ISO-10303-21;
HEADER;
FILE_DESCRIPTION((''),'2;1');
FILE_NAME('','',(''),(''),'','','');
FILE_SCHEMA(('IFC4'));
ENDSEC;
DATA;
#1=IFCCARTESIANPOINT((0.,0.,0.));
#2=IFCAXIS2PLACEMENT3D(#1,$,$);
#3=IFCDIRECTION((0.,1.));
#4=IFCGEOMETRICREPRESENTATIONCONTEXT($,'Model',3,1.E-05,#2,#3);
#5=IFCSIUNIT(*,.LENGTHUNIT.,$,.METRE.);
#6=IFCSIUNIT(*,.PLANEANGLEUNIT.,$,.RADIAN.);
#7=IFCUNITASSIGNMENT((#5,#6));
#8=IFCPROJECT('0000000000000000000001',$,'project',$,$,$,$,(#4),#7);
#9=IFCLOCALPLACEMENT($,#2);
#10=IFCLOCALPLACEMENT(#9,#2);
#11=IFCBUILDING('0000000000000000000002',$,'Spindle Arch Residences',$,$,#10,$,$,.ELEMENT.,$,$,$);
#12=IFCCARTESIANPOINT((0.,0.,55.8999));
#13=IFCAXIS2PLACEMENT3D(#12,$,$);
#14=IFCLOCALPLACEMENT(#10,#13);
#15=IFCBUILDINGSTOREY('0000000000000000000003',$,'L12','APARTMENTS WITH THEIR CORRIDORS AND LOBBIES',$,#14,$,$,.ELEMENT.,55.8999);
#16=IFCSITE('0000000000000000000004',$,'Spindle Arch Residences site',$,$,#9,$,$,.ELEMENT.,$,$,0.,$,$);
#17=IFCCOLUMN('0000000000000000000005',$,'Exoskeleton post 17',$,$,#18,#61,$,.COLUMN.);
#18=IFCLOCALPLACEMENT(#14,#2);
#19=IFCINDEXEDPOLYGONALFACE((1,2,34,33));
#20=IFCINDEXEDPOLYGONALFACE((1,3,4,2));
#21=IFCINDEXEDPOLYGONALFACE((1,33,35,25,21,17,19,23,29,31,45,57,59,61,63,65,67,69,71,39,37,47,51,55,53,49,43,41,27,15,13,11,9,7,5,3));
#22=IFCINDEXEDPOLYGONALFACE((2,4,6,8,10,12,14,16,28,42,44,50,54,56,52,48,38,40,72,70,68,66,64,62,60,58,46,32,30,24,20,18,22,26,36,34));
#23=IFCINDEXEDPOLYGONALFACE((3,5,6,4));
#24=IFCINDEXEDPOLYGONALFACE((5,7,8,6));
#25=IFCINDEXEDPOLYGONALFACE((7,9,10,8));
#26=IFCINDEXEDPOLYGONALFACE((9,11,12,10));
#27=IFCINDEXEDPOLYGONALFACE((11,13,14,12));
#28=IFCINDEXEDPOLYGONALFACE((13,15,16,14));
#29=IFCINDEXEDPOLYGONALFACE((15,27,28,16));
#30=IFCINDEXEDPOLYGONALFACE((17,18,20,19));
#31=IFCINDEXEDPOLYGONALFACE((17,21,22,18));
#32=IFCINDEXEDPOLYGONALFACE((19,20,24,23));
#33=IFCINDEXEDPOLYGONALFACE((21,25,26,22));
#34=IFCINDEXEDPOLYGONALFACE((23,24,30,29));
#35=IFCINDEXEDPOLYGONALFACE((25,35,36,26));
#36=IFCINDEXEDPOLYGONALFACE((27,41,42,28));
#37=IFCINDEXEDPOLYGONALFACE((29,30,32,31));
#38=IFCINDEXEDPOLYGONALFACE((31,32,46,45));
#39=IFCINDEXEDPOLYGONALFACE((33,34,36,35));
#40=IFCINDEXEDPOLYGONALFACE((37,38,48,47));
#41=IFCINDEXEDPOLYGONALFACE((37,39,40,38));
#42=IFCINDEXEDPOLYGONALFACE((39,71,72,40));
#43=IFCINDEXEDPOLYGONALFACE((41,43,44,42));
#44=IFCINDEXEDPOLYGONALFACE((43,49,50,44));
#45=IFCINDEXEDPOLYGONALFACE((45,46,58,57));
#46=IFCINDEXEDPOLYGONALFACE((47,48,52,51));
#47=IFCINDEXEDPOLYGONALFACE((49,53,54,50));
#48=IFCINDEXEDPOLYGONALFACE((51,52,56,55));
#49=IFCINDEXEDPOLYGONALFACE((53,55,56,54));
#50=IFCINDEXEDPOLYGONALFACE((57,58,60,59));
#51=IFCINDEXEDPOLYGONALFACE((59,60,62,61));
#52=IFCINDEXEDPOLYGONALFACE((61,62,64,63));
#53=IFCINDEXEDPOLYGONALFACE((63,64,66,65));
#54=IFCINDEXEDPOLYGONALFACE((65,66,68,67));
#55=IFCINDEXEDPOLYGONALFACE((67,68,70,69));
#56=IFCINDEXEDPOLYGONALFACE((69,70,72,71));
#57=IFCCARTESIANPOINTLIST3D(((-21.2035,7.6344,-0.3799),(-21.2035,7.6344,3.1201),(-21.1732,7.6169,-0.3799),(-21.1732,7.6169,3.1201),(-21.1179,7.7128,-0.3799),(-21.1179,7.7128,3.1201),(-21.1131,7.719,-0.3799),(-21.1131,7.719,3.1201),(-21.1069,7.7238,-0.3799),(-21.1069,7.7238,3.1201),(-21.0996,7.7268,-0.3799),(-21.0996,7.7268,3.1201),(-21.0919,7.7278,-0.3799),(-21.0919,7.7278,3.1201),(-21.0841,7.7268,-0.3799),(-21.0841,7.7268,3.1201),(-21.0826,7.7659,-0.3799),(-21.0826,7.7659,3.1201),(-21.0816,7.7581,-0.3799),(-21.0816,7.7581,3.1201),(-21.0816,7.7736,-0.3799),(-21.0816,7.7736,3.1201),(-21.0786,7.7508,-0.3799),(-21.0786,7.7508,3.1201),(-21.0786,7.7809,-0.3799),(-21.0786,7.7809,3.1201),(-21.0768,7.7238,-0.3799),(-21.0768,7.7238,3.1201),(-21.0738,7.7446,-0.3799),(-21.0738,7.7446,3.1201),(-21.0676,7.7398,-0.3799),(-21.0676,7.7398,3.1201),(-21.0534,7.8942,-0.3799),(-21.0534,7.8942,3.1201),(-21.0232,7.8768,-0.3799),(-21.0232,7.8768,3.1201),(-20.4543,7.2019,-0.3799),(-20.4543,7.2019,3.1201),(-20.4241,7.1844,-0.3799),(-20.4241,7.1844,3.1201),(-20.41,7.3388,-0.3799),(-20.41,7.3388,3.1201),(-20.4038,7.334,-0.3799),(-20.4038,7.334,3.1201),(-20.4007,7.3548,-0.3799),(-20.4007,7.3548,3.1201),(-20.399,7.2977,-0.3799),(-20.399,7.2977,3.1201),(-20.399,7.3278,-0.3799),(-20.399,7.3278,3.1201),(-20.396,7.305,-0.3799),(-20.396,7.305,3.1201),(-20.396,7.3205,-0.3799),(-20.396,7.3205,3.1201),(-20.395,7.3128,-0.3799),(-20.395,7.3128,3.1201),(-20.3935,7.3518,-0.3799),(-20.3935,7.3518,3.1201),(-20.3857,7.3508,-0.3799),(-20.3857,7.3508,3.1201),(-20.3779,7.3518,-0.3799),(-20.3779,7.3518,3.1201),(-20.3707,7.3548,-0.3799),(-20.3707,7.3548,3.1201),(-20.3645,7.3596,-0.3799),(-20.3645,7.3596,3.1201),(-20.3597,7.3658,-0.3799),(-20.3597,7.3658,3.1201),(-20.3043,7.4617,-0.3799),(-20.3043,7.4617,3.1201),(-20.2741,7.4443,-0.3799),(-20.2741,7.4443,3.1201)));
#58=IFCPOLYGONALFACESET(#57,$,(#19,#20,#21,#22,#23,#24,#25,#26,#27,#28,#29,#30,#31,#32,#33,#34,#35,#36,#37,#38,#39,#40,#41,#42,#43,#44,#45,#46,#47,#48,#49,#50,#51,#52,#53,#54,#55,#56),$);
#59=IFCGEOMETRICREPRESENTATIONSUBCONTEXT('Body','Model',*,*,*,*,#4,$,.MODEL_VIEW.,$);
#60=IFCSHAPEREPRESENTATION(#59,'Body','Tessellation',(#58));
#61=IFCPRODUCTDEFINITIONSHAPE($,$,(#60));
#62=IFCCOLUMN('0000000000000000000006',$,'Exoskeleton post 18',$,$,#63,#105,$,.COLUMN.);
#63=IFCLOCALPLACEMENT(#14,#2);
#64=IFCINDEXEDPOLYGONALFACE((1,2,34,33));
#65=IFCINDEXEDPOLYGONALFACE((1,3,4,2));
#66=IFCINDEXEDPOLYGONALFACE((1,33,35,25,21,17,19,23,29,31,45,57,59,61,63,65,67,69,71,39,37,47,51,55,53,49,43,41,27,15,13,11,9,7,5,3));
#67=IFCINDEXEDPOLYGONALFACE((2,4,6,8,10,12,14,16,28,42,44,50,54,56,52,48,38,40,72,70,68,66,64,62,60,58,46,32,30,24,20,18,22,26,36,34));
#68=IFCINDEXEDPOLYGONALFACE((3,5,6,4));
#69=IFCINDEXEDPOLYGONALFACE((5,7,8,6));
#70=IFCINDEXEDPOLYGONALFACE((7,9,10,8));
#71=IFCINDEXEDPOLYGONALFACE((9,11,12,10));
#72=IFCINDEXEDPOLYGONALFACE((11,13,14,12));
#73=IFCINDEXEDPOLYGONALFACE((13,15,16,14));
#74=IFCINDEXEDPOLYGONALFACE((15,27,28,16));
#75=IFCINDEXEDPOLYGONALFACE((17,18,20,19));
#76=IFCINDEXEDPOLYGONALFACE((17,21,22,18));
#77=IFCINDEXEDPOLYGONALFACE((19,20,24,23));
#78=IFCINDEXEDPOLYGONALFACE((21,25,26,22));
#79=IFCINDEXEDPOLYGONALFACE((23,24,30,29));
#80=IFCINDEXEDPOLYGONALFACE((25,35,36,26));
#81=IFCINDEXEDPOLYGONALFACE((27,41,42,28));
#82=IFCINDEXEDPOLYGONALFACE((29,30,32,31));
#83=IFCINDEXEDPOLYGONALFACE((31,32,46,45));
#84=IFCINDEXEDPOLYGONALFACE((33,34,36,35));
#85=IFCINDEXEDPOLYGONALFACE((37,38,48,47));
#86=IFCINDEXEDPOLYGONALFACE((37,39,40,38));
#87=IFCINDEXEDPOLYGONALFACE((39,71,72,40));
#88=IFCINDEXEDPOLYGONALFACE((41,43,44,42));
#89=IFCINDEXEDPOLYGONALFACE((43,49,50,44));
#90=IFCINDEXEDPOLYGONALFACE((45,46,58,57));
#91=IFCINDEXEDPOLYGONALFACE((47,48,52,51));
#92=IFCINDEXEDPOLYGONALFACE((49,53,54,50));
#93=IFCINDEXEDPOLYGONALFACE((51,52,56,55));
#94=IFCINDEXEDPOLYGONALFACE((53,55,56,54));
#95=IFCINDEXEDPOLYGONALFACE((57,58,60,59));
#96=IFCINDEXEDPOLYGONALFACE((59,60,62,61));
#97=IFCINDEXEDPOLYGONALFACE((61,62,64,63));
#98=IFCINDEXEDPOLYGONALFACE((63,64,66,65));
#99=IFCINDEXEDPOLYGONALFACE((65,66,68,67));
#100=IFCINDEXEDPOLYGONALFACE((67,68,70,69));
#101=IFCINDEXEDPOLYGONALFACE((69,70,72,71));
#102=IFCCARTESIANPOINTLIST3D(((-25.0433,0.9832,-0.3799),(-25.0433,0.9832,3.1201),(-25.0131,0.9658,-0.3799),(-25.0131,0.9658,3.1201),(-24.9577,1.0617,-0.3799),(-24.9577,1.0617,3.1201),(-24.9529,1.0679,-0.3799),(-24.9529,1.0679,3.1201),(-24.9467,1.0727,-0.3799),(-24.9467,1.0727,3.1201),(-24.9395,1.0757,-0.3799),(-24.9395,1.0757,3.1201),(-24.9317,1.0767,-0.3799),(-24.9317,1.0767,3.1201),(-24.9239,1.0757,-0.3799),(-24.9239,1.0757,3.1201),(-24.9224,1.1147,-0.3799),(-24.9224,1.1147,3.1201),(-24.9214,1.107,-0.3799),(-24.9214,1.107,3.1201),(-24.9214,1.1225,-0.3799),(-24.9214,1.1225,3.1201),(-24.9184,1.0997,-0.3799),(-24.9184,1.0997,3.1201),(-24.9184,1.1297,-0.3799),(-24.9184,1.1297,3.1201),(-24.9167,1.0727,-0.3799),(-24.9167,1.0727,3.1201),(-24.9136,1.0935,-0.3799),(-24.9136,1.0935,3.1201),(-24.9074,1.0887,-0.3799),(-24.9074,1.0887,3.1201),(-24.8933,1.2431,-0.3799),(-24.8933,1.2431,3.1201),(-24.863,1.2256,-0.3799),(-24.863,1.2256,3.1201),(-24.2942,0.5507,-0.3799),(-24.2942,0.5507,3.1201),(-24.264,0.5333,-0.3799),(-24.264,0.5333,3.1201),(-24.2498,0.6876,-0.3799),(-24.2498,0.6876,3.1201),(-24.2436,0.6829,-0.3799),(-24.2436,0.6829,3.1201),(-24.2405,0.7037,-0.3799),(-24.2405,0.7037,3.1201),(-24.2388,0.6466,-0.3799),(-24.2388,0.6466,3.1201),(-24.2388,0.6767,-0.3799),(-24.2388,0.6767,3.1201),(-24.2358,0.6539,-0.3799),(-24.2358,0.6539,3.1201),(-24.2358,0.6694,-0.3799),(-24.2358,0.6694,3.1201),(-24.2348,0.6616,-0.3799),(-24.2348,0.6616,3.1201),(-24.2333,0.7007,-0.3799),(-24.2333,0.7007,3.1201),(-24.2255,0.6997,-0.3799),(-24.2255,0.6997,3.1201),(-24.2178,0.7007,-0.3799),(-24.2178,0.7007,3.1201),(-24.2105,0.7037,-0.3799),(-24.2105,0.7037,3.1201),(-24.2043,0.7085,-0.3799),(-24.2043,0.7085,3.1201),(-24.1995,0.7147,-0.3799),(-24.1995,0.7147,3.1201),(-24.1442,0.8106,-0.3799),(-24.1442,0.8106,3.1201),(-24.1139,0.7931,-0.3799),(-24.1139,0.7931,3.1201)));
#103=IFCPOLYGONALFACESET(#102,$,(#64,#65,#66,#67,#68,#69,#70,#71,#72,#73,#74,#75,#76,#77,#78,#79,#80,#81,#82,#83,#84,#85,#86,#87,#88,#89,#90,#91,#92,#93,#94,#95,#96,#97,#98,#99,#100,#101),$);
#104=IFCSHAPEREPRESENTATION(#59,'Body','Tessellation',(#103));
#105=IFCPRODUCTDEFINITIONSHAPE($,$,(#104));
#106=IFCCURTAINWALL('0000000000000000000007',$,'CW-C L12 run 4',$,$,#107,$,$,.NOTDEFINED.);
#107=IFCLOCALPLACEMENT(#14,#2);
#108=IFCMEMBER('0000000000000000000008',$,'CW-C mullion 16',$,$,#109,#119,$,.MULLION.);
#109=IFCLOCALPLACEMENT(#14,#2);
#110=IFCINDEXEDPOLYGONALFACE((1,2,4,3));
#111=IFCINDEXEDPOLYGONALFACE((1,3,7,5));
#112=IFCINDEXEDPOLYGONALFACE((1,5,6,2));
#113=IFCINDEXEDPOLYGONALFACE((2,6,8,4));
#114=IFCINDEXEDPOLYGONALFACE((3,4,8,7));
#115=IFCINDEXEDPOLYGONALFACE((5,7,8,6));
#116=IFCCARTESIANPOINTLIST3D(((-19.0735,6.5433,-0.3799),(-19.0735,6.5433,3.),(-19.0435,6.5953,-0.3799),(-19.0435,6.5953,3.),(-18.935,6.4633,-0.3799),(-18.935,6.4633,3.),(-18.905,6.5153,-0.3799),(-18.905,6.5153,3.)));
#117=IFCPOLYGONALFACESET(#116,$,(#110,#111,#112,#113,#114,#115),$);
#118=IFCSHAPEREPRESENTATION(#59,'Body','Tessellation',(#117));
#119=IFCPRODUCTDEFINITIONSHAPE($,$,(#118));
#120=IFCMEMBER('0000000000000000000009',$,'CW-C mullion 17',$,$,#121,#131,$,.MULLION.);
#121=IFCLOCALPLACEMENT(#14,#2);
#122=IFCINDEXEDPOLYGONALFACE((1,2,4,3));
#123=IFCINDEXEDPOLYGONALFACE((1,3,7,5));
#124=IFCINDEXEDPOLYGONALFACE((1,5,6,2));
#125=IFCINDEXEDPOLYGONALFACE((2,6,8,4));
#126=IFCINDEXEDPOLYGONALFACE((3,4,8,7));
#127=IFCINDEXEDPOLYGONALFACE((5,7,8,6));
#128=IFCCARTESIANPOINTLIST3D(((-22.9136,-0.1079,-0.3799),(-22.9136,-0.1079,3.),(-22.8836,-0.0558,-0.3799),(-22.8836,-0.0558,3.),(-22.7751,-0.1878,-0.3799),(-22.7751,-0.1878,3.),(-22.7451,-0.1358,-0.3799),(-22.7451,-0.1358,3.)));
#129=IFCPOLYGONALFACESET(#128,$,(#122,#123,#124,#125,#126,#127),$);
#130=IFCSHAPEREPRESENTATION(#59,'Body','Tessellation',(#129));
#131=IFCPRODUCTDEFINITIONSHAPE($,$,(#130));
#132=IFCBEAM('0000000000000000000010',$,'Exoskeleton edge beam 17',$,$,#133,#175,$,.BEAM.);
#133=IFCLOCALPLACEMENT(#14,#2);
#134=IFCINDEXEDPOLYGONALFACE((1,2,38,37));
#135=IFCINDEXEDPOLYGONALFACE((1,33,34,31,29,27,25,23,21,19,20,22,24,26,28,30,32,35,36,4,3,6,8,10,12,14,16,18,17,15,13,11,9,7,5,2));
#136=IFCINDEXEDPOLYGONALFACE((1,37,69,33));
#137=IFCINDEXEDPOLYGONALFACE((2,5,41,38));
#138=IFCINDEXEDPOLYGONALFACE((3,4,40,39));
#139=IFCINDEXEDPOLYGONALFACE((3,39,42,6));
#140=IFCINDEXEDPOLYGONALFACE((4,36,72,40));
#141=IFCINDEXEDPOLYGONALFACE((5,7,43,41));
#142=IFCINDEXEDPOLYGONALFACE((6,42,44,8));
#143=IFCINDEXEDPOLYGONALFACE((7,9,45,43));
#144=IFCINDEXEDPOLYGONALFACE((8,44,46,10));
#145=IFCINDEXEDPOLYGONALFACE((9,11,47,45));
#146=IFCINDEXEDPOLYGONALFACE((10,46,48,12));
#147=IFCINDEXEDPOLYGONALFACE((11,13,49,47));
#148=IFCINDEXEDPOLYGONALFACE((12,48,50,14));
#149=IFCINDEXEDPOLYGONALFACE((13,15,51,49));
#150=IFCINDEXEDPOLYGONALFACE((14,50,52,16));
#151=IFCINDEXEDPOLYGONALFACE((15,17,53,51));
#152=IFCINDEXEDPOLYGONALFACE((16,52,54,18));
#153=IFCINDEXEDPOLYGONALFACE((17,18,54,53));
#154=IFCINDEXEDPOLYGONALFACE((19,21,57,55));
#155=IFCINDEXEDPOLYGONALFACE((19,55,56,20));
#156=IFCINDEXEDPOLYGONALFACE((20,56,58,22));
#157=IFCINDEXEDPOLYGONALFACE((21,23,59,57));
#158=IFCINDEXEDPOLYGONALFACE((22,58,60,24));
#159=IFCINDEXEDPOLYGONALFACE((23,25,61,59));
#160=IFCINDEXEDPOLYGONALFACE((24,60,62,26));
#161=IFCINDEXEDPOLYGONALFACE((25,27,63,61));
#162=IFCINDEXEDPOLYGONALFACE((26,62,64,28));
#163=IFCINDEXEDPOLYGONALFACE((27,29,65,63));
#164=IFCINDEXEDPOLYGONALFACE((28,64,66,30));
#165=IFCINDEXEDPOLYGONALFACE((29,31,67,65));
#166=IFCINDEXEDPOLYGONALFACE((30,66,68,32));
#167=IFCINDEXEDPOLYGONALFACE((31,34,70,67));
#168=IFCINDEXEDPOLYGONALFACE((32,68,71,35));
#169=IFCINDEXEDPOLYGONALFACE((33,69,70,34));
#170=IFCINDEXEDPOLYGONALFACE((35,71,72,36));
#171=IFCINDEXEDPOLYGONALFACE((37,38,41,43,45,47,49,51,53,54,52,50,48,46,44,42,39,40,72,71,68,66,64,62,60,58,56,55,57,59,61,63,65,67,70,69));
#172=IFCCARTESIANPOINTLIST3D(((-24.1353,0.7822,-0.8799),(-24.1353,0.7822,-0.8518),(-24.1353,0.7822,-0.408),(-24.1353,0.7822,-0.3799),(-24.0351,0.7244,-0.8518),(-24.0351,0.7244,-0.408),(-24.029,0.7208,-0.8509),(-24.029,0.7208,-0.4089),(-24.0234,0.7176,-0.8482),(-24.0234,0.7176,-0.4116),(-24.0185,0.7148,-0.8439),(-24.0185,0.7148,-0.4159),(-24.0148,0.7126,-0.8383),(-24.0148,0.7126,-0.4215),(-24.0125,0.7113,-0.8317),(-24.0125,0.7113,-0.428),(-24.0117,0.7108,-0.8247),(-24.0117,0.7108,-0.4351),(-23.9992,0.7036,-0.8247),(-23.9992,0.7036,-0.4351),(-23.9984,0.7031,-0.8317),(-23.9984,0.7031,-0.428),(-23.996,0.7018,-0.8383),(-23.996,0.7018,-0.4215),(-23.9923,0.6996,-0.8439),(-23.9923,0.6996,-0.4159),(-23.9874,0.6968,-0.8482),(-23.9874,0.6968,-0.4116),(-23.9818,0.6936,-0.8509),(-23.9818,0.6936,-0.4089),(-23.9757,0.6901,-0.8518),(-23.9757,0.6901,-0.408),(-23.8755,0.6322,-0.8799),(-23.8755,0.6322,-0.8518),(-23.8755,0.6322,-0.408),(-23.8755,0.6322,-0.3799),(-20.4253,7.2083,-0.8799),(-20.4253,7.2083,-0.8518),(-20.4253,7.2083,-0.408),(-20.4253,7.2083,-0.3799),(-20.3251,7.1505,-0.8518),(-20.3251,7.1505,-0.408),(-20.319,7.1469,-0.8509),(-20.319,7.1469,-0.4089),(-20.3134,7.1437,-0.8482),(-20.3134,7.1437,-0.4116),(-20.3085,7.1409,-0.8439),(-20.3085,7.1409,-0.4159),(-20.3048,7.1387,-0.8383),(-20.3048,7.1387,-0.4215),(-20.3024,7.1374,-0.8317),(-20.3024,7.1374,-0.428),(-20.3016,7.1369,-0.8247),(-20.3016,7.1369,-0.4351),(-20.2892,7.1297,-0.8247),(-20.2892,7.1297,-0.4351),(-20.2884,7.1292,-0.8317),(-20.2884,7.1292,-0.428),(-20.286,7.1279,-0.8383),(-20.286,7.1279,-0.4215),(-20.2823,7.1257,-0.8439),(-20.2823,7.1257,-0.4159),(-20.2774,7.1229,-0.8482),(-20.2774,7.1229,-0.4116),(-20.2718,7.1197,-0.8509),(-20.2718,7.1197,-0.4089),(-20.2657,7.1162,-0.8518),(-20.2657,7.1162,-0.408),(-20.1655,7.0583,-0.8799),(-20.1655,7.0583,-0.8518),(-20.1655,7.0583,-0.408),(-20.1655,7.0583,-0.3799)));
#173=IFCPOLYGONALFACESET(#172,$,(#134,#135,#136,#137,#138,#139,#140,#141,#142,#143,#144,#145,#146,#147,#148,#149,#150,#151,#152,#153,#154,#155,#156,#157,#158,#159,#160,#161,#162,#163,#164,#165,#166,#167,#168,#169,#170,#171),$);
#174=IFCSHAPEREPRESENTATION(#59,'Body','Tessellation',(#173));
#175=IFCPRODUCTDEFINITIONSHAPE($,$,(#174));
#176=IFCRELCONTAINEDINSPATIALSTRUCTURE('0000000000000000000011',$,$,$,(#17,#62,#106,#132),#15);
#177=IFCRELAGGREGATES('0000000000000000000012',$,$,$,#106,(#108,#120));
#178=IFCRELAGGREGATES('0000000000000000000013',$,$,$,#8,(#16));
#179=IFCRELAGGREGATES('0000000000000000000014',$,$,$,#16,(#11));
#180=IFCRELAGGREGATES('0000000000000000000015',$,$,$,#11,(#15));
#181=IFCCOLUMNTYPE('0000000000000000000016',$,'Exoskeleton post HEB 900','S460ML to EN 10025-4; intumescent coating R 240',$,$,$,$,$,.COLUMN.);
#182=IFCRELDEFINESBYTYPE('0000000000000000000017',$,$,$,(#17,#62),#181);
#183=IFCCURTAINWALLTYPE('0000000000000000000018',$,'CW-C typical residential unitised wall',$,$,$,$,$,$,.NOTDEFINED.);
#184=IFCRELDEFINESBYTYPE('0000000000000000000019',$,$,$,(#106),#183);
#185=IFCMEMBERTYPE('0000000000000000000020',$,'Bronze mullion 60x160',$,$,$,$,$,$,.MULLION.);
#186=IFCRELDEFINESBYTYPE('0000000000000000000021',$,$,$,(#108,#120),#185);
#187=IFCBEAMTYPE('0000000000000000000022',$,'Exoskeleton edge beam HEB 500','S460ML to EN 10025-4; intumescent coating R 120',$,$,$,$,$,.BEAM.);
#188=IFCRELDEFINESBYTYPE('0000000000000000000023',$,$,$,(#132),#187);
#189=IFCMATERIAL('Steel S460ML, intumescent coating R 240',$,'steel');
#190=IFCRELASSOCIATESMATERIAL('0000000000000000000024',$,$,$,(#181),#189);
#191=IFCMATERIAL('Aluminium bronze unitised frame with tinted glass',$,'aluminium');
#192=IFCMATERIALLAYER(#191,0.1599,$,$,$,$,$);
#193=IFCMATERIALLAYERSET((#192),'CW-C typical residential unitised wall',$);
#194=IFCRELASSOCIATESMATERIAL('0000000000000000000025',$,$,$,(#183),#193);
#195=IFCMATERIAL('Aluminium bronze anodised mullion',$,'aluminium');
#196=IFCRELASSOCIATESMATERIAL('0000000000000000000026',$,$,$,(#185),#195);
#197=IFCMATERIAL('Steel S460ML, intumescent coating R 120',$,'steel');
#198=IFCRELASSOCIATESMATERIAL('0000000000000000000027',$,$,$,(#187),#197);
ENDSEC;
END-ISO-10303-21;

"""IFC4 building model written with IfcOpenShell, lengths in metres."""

from ifc_helpers import new_model, si_unit, direction, frame, origin, origin_2d, place, context, subcontext, project, spatial, rectangle, i_section, extrude, material, layer, layer_set, material_profile, profile_set, type_object, element, aggregate, save


model = new_model("IFC4")

# Units and contexts
model_context = context("Model", 3, precision=1e-05, world=origin(), true_north=direction((0.0, 1.0)))
body_context = subcontext(model_context, "Body", "Model", "MODEL_VIEW")
ifc_project = project(units=[si_unit("LENGTHUNIT", "METRE"), si_unit("PLANEANGLEUNIT", "RADIAN")], contexts=[model_context])

# Site, building, storey
site_placement = place(None, origin())
site = spatial("IfcSite", under=ifc_project, at=site_placement, Name="Spindle Arch Residences site", CompositionType="ELEMENT", RefElevation=0.0)
building_placement = place(site_placement, origin())
building = spatial("IfcBuilding", under=site, at=building_placement, Name="Spindle Arch Residences", CompositionType="ELEMENT")
storey_placement = place(building_placement, frame((0.0, 0.0, 55.8999)))
storey = spatial("IfcBuildingStorey", under=building, at=storey_placement, Name="L12", Description="APARTMENTS WITH THEIR CORRIDORS AND LOBBIES", CompositionType="ELEMENT", Elevation=55.8999)

# Columns
ifc_material_1 = material(Name="Steel S460ML, intumescent coating R 240", Category="steel")
ifc_material_profile_1 = material_profile(ifc_material_1, i_section(OverallWidth=0.3, OverallDepth=0.8999, WebThickness=0.0186, FlangeThickness=0.0349, FilletRadius=0.03, at=origin_2d()), Name="HEB 900")
ifc_profile_set_1 = profile_set([ifc_material_profile_1], Name="Steel S460ML, intumescent coating R 240")
column_type = type_object("IfcColumnType", Name="Exoskeleton post HEB 900", Description="S460ML to EN 10025-4; intumescent coating R 240", PredefinedType="COLUMN", material=ifc_profile_set_1)
for number, where, z_axis, x_axis, name in (
    (1, (-20.7388, 7.5393, -0.3799), (0.0, 0.0, 1.0), (0.5, 0.866025, 0.0), "Exoskeleton post 17"),
    (2, (-24.5786, 0.8882, -0.3799), (0.0, 0.0, 1.0), (0.5, 0.866025, 0.0), "Exoskeleton post 18"),
):
    element("IfcColumn", number, at=place(storey_placement, frame(where, z_axis=z_axis, x_axis=x_axis)), inside=storey, type_object=column_type, Name=name, PredefinedType="COLUMN", context=body_context, shape_type="SweptSolid", body=[
        extrude(i_section(OverallWidth=0.3, OverallDepth=0.8999, WebThickness=0.0186, FlangeThickness=0.0349, FilletRadius=0.03, at=origin_2d()), origin(), (0.0, 0.0, 1.0), 3.5),
    ])

# Curtain wall, members
ifc_material_2 = material(Name="Aluminium bronze unitised frame with tinted glass", Category="aluminium")
ifc_layer_1 = layer(ifc_material_2, 0.1599)
ifc_layer_set_1 = layer_set([ifc_layer_1], Name="CW-C typical residential unitised wall")
curtain_wall_type = type_object("IfcCurtainWallType", Name="CW-C typical residential unitised wall", PredefinedType="NOTDEFINED", material=ifc_layer_set_1)
curtain_wall_placement = place(storey_placement, origin())
curtain_wall = element("IfcCurtainWall", 3, at=curtain_wall_placement, inside=storey, type_object=curtain_wall_type, Name="CW-C L12 run 4", PredefinedType="NOTDEFINED")
ifc_material_3 = material(Name="Aluminium bronze anodised mullion", Category="aluminium")
ifc_material_profile_2 = material_profile(ifc_material_3, rectangle(XDim=0.1599, YDim=0.0601, at=origin_2d()), Name="MU 60x160")
ifc_profile_set_2 = profile_set([ifc_material_profile_2], Name="Aluminium bronze anodised mullion")
member_type = type_object("IfcMemberType", Name="Bronze mullion 60x160", PredefinedType="MULLION", material=ifc_profile_set_2)
member_1_placement = place(storey_placement, frame((-18.9893, 6.5293, -0.3799), z_axis=(0.0, 0.0, 1.0), x_axis=(0.866025, -0.5, 0.0)))
member_1 = element("IfcMember", 4, at=member_1_placement, type_object=member_type, Name="CW-C mullion 16", PredefinedType="MULLION", context=body_context, shape_type="SweptSolid", body=[
    extrude(rectangle(XDim=0.1599, YDim=0.0601, at=origin_2d()), origin(), (0.0, 0.0, 1.0), 3.3799),
])
member_2_placement = place(storey_placement, frame((-22.8293, -0.1218, -0.3799), z_axis=(0.0, 0.0, 1.0), x_axis=(0.866025, -0.5, 0.0)))
member_2 = element("IfcMember", 5, at=member_2_placement, type_object=member_type, Name="CW-C mullion 17", PredefinedType="MULLION", context=body_context, shape_type="SweptSolid", body=[
    extrude(rectangle(XDim=0.1599, YDim=0.0601, at=origin_2d()), origin(), (0.0, 0.0, 1.0), 3.3799),
])

# Beam
ifc_material_4 = material(Name="Steel S460ML, intumescent coating R 120", Category="steel")
ifc_material_profile_3 = material_profile(ifc_material_4, i_section(OverallWidth=0.3, OverallDepth=0.5, WebThickness=0.0144, FlangeThickness=0.0281, FilletRadius=0.0271, at=origin_2d()), Name="HEB 500")
ifc_profile_set_3 = profile_set([ifc_material_profile_3], Name="Steel S460ML, intumescent coating R 120")
beam_type_1 = type_object("IfcBeamType", Name="Exoskeleton edge beam HEB 500", Description="S460ML to EN 10025-4; intumescent coating R 120", PredefinedType="BEAM", material=ifc_profile_set_3)
for number, where, z_axis, x_axis, name in (
    (6, (-20.2954, 7.1333, -0.6299), (-0.499989, -0.866032, 0.0), (0.866032, -0.499989, 0.0), "Exoskeleton edge beam 17"),
):
    element("IfcBeam", number, at=place(storey_placement, frame(where, z_axis=z_axis, x_axis=x_axis)), inside=storey, type_object=beam_type_1, Name=name, PredefinedType="BEAM", context=body_context, shape_type="SweptSolid", body=[
        extrude(i_section(OverallWidth=0.3, OverallDepth=0.5, WebThickness=0.0144, FlangeThickness=0.0281, FilletRadius=0.0271, at=origin_2d()), origin(), (0.0, 0.0, 1.0), 7.4202),
    ])

aggregate(curtain_wall, [member_1, member_2])

save(model, "model.ifc")
